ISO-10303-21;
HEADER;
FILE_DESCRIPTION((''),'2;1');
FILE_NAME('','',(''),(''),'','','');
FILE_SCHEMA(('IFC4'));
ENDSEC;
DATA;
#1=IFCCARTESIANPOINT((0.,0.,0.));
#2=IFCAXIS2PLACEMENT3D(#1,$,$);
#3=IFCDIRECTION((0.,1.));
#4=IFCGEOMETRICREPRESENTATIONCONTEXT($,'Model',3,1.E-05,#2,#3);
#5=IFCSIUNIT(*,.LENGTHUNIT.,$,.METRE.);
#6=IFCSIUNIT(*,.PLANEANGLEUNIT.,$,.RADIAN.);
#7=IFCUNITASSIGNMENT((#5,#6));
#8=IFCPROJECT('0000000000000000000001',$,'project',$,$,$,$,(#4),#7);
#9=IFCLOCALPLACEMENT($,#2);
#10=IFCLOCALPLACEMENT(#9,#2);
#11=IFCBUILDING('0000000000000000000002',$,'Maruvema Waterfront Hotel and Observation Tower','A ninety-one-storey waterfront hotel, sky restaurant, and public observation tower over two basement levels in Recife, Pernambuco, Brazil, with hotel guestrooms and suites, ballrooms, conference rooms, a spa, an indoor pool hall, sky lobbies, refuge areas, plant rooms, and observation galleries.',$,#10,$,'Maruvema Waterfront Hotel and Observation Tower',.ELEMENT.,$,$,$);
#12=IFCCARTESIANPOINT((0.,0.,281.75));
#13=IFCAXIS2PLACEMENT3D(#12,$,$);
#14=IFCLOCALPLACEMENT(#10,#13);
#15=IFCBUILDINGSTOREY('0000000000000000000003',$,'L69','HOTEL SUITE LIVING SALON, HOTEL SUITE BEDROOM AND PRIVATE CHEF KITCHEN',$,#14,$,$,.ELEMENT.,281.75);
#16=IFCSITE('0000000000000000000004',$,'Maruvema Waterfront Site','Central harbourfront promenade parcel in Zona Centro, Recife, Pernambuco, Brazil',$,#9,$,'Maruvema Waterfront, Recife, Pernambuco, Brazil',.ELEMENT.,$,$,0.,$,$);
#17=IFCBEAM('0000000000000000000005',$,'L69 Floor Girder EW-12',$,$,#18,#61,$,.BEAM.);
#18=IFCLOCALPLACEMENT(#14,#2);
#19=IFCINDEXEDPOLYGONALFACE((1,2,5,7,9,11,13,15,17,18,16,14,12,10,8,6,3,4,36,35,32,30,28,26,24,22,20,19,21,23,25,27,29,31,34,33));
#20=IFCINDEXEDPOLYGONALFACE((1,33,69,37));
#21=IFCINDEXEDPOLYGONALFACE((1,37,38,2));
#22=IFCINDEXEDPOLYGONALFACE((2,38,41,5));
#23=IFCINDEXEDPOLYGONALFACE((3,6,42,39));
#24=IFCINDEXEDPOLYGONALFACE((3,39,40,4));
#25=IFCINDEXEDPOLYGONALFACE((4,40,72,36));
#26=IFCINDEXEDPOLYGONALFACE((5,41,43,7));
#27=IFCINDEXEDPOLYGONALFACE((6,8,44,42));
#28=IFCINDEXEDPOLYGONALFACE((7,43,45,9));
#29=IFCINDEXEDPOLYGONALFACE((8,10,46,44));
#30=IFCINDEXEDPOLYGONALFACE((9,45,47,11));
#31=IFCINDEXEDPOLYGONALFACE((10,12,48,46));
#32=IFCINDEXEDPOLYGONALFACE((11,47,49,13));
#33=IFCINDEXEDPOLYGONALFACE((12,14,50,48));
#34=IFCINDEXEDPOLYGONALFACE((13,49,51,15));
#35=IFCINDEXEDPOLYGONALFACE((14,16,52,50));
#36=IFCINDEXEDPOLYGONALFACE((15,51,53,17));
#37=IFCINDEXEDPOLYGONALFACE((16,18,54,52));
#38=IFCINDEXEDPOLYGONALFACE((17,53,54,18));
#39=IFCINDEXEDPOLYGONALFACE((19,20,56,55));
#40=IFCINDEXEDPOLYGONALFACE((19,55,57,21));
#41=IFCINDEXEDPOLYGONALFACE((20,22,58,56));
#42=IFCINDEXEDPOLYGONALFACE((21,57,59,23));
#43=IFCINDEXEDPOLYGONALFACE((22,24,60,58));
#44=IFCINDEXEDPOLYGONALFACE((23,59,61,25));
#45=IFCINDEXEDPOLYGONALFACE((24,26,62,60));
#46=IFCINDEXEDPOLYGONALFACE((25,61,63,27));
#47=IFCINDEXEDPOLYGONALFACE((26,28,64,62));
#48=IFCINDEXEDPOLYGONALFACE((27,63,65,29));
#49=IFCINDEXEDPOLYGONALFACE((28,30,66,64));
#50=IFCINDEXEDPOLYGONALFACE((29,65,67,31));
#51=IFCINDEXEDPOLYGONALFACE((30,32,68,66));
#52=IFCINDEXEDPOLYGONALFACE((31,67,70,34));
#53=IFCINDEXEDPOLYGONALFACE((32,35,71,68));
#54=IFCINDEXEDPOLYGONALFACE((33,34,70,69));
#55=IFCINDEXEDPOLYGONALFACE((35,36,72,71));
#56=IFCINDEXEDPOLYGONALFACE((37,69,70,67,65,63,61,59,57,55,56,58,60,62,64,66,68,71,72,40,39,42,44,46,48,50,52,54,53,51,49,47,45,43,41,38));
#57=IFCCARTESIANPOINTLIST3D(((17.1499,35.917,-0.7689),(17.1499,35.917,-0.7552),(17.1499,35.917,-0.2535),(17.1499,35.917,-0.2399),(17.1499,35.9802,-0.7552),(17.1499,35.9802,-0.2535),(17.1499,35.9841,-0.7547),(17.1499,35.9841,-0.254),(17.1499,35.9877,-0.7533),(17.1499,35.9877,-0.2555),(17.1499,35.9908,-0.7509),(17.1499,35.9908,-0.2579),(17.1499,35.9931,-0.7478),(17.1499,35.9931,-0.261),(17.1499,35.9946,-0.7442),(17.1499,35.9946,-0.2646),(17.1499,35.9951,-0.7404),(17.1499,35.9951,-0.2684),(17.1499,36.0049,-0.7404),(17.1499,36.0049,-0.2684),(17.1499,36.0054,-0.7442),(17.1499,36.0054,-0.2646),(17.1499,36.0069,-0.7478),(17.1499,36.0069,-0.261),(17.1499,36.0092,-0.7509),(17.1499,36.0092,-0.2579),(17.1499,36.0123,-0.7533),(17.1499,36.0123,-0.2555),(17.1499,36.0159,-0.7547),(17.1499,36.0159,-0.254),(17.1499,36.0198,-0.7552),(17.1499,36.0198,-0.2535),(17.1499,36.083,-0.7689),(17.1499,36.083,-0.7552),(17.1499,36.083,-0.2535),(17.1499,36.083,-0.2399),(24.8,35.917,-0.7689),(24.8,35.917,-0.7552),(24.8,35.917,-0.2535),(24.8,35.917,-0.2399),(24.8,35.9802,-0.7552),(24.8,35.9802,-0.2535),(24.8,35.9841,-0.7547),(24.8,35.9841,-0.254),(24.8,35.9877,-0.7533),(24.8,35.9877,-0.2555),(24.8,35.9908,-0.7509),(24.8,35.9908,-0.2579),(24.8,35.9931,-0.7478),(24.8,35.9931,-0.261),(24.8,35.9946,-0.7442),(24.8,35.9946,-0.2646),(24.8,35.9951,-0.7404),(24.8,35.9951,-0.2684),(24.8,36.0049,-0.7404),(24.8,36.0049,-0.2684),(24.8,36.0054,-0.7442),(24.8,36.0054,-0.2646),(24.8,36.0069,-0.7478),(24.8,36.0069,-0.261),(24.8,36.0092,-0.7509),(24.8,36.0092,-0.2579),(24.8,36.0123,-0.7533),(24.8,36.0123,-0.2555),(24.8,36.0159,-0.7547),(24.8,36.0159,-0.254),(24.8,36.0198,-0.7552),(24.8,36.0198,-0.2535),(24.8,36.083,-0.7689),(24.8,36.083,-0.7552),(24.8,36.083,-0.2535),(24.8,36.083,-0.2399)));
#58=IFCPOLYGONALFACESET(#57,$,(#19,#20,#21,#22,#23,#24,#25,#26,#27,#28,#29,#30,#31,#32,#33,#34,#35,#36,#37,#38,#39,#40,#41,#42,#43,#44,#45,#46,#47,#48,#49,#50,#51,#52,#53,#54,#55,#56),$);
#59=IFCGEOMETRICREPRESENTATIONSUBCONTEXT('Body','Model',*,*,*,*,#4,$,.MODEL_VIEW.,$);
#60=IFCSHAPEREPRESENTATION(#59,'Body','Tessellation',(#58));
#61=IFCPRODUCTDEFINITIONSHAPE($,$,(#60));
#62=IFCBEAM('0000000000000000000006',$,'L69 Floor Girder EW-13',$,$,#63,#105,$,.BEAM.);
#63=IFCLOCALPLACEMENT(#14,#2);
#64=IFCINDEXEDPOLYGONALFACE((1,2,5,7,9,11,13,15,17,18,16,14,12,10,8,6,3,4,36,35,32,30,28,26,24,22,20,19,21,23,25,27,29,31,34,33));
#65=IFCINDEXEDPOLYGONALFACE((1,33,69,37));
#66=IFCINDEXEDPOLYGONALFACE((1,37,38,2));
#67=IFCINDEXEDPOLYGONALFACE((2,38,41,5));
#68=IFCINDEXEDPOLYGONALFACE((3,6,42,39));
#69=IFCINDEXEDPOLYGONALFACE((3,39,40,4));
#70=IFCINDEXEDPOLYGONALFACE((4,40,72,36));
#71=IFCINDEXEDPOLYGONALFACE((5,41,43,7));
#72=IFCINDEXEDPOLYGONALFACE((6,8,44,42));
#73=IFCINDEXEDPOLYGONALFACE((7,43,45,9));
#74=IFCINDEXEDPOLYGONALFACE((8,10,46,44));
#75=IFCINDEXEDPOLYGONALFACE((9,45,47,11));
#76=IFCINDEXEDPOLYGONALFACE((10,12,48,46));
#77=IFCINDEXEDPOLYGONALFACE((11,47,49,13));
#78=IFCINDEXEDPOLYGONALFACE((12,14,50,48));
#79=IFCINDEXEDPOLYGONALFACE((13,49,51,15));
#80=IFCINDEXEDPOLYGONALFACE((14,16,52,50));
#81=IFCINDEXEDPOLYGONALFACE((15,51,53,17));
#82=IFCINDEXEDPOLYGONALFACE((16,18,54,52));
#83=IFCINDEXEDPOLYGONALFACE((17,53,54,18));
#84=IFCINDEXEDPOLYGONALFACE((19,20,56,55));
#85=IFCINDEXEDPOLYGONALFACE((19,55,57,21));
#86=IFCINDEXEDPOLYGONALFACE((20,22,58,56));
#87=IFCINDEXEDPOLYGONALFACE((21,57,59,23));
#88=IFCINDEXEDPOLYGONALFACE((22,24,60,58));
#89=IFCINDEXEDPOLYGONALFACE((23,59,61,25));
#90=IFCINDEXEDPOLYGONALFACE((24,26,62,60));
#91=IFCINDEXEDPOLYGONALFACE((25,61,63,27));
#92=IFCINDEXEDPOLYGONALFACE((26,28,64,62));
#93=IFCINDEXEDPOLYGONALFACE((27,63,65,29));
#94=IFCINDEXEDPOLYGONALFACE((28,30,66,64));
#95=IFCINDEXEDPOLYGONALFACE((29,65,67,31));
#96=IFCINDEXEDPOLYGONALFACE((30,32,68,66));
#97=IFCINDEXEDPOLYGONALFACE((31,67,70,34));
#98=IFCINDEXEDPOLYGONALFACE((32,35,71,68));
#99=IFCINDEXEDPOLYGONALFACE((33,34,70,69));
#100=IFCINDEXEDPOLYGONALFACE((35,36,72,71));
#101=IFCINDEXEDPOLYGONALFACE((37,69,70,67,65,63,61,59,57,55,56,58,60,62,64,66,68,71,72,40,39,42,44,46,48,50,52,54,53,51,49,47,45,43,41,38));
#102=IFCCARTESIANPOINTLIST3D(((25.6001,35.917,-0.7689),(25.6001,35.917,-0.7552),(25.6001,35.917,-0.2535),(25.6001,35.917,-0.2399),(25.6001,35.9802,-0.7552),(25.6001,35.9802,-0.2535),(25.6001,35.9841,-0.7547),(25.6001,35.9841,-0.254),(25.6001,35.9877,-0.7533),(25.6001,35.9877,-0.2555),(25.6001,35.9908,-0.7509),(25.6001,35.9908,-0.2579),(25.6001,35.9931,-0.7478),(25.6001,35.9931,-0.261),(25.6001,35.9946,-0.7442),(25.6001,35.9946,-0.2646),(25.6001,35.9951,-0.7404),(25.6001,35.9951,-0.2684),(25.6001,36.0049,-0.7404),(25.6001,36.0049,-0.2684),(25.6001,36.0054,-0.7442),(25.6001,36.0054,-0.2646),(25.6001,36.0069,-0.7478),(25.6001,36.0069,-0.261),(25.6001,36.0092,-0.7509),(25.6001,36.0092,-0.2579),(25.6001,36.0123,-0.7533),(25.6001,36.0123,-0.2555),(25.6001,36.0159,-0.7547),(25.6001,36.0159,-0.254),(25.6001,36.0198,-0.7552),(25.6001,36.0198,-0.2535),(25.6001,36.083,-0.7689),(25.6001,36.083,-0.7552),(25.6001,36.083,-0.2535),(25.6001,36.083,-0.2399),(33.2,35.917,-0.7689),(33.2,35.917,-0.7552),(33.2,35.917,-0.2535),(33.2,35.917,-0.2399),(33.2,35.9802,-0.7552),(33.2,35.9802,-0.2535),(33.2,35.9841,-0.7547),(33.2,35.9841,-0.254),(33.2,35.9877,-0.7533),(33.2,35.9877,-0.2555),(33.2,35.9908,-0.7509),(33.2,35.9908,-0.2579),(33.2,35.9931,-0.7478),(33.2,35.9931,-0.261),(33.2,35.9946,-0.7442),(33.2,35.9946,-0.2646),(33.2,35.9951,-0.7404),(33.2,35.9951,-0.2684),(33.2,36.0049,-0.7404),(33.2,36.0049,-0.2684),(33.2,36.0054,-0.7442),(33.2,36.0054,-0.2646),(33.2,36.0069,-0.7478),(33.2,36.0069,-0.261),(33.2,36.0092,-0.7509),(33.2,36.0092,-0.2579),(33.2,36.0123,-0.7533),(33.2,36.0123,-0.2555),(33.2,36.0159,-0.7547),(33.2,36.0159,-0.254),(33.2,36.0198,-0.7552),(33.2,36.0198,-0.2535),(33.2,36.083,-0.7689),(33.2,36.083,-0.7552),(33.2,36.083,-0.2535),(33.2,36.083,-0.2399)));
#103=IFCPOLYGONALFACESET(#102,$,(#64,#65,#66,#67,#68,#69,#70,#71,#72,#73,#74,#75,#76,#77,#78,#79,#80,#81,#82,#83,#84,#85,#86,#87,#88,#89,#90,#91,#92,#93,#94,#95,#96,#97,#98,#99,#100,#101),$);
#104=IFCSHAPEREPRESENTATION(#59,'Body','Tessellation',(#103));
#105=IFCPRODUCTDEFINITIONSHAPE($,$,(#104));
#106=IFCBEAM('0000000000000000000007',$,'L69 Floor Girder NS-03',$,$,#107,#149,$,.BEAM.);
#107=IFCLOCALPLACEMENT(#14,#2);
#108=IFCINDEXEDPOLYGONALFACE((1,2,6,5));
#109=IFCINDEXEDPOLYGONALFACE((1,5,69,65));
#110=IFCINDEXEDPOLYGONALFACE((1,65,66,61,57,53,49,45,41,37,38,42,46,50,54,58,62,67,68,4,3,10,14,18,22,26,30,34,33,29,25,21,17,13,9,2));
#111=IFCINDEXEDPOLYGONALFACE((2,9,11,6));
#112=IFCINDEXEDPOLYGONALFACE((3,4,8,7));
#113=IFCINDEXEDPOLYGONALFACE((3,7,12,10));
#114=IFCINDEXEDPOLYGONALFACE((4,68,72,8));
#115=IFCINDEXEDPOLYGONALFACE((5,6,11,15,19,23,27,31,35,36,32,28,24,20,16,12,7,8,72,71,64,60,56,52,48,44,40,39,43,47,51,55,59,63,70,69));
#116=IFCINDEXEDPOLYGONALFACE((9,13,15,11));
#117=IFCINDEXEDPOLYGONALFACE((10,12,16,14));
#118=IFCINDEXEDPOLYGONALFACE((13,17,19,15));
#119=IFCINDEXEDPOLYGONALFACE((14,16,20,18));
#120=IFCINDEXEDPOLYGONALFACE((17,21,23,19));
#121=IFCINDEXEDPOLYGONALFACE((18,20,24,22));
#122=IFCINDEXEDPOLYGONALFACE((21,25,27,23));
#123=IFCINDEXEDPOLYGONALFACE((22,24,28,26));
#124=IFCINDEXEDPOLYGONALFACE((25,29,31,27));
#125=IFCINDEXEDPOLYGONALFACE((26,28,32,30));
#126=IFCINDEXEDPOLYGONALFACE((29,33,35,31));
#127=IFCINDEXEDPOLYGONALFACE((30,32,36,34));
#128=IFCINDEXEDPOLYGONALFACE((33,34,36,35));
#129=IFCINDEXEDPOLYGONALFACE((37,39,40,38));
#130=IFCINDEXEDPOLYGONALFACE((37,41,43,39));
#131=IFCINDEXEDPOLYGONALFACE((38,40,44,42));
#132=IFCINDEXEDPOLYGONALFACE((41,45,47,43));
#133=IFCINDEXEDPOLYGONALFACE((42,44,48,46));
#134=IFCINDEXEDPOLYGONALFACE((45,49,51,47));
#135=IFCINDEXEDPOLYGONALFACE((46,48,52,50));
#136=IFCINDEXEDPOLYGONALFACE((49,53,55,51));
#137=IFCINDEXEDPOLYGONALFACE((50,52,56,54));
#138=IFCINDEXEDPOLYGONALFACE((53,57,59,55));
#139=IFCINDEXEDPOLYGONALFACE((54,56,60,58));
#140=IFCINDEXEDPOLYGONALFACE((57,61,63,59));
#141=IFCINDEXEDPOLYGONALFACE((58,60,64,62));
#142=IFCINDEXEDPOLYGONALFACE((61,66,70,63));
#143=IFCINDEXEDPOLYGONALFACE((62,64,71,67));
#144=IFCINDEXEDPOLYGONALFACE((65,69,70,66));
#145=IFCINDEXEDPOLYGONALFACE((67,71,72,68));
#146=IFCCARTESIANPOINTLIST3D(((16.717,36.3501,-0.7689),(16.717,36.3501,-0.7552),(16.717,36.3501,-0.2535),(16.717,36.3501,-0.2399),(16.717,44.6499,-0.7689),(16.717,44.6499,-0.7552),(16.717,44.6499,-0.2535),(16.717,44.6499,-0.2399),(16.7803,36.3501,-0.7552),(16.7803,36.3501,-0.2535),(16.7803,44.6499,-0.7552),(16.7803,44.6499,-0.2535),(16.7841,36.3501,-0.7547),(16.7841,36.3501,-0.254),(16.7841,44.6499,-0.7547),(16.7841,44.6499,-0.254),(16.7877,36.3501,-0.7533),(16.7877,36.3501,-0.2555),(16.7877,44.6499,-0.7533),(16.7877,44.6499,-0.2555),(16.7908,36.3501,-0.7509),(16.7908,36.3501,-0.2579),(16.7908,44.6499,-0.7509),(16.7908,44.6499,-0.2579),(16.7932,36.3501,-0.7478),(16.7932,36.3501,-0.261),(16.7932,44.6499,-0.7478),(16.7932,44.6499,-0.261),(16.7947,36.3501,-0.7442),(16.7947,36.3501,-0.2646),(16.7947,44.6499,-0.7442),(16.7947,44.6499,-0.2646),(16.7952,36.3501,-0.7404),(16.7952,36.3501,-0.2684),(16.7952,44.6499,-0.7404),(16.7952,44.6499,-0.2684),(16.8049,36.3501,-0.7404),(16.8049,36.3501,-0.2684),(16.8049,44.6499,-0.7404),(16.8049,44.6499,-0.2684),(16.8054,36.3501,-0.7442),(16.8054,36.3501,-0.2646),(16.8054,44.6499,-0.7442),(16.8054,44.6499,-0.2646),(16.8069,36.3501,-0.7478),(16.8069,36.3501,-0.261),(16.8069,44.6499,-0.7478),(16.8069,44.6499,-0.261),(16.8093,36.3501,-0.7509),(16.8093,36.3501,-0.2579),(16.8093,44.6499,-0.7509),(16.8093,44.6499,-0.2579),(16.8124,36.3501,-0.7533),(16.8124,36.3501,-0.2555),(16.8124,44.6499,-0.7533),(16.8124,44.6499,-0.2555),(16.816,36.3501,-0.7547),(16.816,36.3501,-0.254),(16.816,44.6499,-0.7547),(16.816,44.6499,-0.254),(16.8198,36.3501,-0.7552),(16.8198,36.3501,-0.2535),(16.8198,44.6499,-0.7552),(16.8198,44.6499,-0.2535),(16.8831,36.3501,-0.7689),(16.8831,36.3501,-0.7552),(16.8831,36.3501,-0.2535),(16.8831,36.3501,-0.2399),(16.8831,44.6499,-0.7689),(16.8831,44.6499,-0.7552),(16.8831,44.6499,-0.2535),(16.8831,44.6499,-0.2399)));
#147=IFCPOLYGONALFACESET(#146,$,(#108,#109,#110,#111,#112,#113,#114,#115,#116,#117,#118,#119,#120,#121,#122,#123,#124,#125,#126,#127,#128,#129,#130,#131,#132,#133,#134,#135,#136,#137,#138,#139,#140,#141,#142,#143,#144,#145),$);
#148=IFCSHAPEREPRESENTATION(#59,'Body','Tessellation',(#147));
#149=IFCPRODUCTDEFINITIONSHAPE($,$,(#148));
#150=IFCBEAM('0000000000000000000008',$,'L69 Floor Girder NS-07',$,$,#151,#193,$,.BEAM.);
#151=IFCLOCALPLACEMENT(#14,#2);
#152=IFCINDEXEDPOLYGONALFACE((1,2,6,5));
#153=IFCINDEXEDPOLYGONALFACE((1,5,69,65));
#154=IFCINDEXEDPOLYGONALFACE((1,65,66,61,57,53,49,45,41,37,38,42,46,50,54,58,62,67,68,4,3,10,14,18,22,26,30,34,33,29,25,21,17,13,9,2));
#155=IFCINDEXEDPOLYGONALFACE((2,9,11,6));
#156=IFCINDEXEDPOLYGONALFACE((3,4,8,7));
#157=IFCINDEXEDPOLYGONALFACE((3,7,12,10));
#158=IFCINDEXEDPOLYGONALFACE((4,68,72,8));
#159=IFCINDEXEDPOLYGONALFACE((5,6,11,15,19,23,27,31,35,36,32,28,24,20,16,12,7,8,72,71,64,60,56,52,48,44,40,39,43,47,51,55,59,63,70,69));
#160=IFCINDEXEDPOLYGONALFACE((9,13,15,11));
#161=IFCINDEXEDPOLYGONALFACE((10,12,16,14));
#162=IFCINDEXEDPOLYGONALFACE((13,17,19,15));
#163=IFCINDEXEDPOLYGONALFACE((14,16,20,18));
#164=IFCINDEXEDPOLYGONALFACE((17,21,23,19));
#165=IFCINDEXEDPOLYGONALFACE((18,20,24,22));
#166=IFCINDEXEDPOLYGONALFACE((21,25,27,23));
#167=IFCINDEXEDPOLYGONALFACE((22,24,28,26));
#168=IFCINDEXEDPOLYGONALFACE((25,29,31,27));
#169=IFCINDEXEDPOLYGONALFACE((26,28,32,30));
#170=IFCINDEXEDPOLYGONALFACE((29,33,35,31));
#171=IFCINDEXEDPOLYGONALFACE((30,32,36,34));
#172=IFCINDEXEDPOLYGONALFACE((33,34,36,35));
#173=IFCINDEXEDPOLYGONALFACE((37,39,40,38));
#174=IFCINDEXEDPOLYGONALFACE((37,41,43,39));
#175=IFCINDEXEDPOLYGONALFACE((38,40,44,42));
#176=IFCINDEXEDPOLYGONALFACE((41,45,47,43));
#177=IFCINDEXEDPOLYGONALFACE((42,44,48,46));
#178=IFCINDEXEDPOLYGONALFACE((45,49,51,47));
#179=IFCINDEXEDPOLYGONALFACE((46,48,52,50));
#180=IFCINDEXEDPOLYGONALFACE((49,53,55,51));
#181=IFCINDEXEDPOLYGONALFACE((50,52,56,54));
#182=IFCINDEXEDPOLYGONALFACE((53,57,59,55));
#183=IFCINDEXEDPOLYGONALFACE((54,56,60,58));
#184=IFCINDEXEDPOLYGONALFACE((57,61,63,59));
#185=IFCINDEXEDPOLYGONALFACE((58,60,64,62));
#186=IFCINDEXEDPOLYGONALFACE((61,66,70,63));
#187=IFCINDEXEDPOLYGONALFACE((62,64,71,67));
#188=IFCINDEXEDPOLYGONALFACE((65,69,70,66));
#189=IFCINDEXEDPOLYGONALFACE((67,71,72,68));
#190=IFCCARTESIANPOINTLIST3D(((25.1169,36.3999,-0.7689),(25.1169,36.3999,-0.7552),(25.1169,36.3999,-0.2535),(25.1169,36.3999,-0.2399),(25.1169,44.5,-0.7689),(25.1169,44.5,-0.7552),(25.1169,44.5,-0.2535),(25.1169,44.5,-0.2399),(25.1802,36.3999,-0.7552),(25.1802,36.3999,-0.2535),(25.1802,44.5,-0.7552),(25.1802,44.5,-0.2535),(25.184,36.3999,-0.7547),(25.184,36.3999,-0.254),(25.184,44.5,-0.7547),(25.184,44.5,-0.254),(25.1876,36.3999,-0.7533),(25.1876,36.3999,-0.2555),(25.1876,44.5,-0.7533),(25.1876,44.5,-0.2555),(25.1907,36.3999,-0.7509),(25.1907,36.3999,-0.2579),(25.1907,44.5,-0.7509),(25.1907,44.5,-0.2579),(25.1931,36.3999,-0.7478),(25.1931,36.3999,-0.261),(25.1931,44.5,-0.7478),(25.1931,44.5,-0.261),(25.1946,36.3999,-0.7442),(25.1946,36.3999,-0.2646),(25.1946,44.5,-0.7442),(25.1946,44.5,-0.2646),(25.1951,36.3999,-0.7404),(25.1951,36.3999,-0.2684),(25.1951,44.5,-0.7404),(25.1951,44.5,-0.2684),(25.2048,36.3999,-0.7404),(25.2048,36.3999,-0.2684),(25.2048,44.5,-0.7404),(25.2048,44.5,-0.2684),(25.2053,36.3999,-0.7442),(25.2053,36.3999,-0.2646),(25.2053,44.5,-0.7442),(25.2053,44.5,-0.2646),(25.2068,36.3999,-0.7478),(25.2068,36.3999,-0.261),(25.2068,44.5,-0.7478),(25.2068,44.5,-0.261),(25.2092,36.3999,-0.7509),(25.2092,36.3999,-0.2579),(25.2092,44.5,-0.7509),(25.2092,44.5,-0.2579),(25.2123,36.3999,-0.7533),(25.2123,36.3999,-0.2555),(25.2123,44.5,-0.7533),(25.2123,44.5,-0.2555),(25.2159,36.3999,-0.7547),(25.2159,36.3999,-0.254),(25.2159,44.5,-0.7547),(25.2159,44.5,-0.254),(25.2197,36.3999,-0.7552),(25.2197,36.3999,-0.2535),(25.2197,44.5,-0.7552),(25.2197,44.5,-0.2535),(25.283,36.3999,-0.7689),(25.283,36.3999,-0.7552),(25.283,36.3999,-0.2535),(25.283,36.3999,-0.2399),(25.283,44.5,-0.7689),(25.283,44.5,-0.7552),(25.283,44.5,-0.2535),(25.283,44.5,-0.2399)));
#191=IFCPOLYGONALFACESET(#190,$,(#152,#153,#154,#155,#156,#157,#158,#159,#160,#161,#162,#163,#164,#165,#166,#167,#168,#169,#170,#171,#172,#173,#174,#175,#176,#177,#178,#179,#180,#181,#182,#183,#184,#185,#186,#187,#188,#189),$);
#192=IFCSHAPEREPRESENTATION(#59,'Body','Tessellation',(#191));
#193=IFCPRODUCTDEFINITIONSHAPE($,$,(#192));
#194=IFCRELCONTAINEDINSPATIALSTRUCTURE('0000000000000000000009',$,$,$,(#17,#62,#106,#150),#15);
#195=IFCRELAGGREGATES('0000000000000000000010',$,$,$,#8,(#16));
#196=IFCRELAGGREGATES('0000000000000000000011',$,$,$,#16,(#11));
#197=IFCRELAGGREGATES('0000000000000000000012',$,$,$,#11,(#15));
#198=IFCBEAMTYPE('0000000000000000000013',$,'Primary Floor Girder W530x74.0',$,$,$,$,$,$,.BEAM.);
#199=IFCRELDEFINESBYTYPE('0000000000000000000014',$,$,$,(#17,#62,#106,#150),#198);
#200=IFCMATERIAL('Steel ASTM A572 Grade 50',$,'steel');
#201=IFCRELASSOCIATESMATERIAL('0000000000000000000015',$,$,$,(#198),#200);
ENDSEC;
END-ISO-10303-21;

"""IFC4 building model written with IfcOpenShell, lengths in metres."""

from ifc_helpers import new_model, si_unit, direction, frame, origin, origin_2d, place, context, subcontext, project, spatial, i_section, extrude, material, material_profile, profile_set, type_object, element, save


model = new_model("IFC4")

# Units and contexts
model_context = context("Model", 3, precision=1e-05, world=origin(), true_north=direction((0.0, 1.0)))
body_context = subcontext(model_context, "Body", "Model", "MODEL_VIEW")
ifc_project = project(units=[si_unit("LENGTHUNIT", "METRE"), si_unit("PLANEANGLEUNIT", "RADIAN")], contexts=[model_context])

# Site, building, storey
site_placement = place(None, origin())
site = spatial("IfcSite", under=ifc_project, at=site_placement, Name="Maruvema Waterfront Site", Description="Central harbourfront promenade parcel in Zona Centro, Recife, Pernambuco, Brazil", LongName="Maruvema Waterfront, Recife, Pernambuco, Brazil", CompositionType="ELEMENT", RefElevation=0.0)
building_placement = place(site_placement, origin())
building = spatial("IfcBuilding", under=site, at=building_placement, Name="Maruvema Waterfront Hotel and Observation Tower", Description="A ninety-one-storey waterfront hotel, sky restaurant, and public observation tower over two basement levels in Recife, Pernambuco, Brazil, with hotel guestrooms and suites, ballrooms, conference rooms, a spa, an indoor pool hall, sky lobbies, refuge areas, plant rooms, and observation galleries.", LongName="Maruvema Waterfront Hotel and Observation Tower", CompositionType="ELEMENT")
storey_placement = place(building_placement, frame((0.0, 0.0, 281.75)))
storey = spatial("IfcBuildingStorey", under=building, at=storey_placement, Name="L69", Description="HOTEL SUITE LIVING SALON, HOTEL SUITE BEDROOM AND PRIVATE CHEF KITCHEN", CompositionType="ELEMENT", Elevation=281.75)

# Beams
ifc_material_1 = material(Name="Steel ASTM A572 Grade 50", Category="steel")
ifc_material_profile_1 = material_profile(ifc_material_1, i_section(OverallWidth=0.166, OverallDepth=0.5291, WebThickness=0.0098, FlangeThickness=0.0137, FilletRadius=0.0149, at=origin_2d()), Name="W530x74.0")
ifc_profile_set_1 = profile_set([ifc_material_profile_1], Name="Steel ASTM A572 Grade 50")
beam_type_1 = type_object("IfcBeamType", Name="Primary Floor Girder W530x74.0", PredefinedType="BEAM", material=ifc_profile_set_1)
beam_1_placement = place(storey_placement, frame((17.1499, 36.0, -0.5044), z_axis=(1.0, 0.0, 0.0), x_axis=(0.0, 1.0, 0.0)))
element("IfcBeam", 1, at=beam_1_placement, inside=storey, type_object=beam_type_1, Name="L69 Floor Girder EW-12", PredefinedType="BEAM", context=body_context, shape_type="SweptSolid", body=[
    extrude(i_section(OverallWidth=0.166, OverallDepth=0.5291, WebThickness=0.0098, FlangeThickness=0.0137, FilletRadius=0.0149, at=origin_2d()), origin(), (0.0, 0.0, 1.0), 7.6501),
])
beam_2_placement = place(storey_placement, frame((25.6001, 36.0, -0.5044), z_axis=(1.0, 0.0, 0.0), x_axis=(0.0, 1.0, 0.0)))
element("IfcBeam", 2, at=beam_2_placement, inside=storey, type_object=beam_type_1, Name="L69 Floor Girder EW-13", PredefinedType="BEAM", context=body_context, shape_type="SweptSolid", body=[
    extrude(i_section(OverallWidth=0.166, OverallDepth=0.5291, WebThickness=0.0098, FlangeThickness=0.0137, FilletRadius=0.0149, at=origin_2d()), origin(), (0.0, 0.0, 1.0), 7.5999),
])
beam_3_placement = place(storey_placement, frame((16.8, 36.3501, -0.5044), z_axis=(0.0, 1.0, 0.0), x_axis=(-1.0, 0.0, 0.0)))
element("IfcBeam", 3, at=beam_3_placement, inside=storey, type_object=beam_type_1, Name="L69 Floor Girder NS-03", PredefinedType="BEAM", context=body_context, shape_type="SweptSolid", body=[
    extrude(i_section(OverallWidth=0.166, OverallDepth=0.5291, WebThickness=0.0098, FlangeThickness=0.0137, FilletRadius=0.0149, at=origin_2d()), origin(), (0.0, 0.0, 1.0), 8.2998),
])
beam_4_placement = place(storey_placement, frame((25.2, 36.3999, -0.5044), z_axis=(0.0, 1.0, 0.0), x_axis=(-1.0, 0.0, 0.0)))
element("IfcBeam", 4, at=beam_4_placement, inside=storey, type_object=beam_type_1, Name="L69 Floor Girder NS-07", PredefinedType="BEAM", context=body_context, shape_type="SweptSolid", body=[
    extrude(i_section(OverallWidth=0.166, OverallDepth=0.5291, WebThickness=0.0098, FlangeThickness=0.0137, FilletRadius=0.0149, at=origin_2d()), origin(), (0.0, 0.0, 1.0), 8.1001),
])

save(model, "model.ifc")
